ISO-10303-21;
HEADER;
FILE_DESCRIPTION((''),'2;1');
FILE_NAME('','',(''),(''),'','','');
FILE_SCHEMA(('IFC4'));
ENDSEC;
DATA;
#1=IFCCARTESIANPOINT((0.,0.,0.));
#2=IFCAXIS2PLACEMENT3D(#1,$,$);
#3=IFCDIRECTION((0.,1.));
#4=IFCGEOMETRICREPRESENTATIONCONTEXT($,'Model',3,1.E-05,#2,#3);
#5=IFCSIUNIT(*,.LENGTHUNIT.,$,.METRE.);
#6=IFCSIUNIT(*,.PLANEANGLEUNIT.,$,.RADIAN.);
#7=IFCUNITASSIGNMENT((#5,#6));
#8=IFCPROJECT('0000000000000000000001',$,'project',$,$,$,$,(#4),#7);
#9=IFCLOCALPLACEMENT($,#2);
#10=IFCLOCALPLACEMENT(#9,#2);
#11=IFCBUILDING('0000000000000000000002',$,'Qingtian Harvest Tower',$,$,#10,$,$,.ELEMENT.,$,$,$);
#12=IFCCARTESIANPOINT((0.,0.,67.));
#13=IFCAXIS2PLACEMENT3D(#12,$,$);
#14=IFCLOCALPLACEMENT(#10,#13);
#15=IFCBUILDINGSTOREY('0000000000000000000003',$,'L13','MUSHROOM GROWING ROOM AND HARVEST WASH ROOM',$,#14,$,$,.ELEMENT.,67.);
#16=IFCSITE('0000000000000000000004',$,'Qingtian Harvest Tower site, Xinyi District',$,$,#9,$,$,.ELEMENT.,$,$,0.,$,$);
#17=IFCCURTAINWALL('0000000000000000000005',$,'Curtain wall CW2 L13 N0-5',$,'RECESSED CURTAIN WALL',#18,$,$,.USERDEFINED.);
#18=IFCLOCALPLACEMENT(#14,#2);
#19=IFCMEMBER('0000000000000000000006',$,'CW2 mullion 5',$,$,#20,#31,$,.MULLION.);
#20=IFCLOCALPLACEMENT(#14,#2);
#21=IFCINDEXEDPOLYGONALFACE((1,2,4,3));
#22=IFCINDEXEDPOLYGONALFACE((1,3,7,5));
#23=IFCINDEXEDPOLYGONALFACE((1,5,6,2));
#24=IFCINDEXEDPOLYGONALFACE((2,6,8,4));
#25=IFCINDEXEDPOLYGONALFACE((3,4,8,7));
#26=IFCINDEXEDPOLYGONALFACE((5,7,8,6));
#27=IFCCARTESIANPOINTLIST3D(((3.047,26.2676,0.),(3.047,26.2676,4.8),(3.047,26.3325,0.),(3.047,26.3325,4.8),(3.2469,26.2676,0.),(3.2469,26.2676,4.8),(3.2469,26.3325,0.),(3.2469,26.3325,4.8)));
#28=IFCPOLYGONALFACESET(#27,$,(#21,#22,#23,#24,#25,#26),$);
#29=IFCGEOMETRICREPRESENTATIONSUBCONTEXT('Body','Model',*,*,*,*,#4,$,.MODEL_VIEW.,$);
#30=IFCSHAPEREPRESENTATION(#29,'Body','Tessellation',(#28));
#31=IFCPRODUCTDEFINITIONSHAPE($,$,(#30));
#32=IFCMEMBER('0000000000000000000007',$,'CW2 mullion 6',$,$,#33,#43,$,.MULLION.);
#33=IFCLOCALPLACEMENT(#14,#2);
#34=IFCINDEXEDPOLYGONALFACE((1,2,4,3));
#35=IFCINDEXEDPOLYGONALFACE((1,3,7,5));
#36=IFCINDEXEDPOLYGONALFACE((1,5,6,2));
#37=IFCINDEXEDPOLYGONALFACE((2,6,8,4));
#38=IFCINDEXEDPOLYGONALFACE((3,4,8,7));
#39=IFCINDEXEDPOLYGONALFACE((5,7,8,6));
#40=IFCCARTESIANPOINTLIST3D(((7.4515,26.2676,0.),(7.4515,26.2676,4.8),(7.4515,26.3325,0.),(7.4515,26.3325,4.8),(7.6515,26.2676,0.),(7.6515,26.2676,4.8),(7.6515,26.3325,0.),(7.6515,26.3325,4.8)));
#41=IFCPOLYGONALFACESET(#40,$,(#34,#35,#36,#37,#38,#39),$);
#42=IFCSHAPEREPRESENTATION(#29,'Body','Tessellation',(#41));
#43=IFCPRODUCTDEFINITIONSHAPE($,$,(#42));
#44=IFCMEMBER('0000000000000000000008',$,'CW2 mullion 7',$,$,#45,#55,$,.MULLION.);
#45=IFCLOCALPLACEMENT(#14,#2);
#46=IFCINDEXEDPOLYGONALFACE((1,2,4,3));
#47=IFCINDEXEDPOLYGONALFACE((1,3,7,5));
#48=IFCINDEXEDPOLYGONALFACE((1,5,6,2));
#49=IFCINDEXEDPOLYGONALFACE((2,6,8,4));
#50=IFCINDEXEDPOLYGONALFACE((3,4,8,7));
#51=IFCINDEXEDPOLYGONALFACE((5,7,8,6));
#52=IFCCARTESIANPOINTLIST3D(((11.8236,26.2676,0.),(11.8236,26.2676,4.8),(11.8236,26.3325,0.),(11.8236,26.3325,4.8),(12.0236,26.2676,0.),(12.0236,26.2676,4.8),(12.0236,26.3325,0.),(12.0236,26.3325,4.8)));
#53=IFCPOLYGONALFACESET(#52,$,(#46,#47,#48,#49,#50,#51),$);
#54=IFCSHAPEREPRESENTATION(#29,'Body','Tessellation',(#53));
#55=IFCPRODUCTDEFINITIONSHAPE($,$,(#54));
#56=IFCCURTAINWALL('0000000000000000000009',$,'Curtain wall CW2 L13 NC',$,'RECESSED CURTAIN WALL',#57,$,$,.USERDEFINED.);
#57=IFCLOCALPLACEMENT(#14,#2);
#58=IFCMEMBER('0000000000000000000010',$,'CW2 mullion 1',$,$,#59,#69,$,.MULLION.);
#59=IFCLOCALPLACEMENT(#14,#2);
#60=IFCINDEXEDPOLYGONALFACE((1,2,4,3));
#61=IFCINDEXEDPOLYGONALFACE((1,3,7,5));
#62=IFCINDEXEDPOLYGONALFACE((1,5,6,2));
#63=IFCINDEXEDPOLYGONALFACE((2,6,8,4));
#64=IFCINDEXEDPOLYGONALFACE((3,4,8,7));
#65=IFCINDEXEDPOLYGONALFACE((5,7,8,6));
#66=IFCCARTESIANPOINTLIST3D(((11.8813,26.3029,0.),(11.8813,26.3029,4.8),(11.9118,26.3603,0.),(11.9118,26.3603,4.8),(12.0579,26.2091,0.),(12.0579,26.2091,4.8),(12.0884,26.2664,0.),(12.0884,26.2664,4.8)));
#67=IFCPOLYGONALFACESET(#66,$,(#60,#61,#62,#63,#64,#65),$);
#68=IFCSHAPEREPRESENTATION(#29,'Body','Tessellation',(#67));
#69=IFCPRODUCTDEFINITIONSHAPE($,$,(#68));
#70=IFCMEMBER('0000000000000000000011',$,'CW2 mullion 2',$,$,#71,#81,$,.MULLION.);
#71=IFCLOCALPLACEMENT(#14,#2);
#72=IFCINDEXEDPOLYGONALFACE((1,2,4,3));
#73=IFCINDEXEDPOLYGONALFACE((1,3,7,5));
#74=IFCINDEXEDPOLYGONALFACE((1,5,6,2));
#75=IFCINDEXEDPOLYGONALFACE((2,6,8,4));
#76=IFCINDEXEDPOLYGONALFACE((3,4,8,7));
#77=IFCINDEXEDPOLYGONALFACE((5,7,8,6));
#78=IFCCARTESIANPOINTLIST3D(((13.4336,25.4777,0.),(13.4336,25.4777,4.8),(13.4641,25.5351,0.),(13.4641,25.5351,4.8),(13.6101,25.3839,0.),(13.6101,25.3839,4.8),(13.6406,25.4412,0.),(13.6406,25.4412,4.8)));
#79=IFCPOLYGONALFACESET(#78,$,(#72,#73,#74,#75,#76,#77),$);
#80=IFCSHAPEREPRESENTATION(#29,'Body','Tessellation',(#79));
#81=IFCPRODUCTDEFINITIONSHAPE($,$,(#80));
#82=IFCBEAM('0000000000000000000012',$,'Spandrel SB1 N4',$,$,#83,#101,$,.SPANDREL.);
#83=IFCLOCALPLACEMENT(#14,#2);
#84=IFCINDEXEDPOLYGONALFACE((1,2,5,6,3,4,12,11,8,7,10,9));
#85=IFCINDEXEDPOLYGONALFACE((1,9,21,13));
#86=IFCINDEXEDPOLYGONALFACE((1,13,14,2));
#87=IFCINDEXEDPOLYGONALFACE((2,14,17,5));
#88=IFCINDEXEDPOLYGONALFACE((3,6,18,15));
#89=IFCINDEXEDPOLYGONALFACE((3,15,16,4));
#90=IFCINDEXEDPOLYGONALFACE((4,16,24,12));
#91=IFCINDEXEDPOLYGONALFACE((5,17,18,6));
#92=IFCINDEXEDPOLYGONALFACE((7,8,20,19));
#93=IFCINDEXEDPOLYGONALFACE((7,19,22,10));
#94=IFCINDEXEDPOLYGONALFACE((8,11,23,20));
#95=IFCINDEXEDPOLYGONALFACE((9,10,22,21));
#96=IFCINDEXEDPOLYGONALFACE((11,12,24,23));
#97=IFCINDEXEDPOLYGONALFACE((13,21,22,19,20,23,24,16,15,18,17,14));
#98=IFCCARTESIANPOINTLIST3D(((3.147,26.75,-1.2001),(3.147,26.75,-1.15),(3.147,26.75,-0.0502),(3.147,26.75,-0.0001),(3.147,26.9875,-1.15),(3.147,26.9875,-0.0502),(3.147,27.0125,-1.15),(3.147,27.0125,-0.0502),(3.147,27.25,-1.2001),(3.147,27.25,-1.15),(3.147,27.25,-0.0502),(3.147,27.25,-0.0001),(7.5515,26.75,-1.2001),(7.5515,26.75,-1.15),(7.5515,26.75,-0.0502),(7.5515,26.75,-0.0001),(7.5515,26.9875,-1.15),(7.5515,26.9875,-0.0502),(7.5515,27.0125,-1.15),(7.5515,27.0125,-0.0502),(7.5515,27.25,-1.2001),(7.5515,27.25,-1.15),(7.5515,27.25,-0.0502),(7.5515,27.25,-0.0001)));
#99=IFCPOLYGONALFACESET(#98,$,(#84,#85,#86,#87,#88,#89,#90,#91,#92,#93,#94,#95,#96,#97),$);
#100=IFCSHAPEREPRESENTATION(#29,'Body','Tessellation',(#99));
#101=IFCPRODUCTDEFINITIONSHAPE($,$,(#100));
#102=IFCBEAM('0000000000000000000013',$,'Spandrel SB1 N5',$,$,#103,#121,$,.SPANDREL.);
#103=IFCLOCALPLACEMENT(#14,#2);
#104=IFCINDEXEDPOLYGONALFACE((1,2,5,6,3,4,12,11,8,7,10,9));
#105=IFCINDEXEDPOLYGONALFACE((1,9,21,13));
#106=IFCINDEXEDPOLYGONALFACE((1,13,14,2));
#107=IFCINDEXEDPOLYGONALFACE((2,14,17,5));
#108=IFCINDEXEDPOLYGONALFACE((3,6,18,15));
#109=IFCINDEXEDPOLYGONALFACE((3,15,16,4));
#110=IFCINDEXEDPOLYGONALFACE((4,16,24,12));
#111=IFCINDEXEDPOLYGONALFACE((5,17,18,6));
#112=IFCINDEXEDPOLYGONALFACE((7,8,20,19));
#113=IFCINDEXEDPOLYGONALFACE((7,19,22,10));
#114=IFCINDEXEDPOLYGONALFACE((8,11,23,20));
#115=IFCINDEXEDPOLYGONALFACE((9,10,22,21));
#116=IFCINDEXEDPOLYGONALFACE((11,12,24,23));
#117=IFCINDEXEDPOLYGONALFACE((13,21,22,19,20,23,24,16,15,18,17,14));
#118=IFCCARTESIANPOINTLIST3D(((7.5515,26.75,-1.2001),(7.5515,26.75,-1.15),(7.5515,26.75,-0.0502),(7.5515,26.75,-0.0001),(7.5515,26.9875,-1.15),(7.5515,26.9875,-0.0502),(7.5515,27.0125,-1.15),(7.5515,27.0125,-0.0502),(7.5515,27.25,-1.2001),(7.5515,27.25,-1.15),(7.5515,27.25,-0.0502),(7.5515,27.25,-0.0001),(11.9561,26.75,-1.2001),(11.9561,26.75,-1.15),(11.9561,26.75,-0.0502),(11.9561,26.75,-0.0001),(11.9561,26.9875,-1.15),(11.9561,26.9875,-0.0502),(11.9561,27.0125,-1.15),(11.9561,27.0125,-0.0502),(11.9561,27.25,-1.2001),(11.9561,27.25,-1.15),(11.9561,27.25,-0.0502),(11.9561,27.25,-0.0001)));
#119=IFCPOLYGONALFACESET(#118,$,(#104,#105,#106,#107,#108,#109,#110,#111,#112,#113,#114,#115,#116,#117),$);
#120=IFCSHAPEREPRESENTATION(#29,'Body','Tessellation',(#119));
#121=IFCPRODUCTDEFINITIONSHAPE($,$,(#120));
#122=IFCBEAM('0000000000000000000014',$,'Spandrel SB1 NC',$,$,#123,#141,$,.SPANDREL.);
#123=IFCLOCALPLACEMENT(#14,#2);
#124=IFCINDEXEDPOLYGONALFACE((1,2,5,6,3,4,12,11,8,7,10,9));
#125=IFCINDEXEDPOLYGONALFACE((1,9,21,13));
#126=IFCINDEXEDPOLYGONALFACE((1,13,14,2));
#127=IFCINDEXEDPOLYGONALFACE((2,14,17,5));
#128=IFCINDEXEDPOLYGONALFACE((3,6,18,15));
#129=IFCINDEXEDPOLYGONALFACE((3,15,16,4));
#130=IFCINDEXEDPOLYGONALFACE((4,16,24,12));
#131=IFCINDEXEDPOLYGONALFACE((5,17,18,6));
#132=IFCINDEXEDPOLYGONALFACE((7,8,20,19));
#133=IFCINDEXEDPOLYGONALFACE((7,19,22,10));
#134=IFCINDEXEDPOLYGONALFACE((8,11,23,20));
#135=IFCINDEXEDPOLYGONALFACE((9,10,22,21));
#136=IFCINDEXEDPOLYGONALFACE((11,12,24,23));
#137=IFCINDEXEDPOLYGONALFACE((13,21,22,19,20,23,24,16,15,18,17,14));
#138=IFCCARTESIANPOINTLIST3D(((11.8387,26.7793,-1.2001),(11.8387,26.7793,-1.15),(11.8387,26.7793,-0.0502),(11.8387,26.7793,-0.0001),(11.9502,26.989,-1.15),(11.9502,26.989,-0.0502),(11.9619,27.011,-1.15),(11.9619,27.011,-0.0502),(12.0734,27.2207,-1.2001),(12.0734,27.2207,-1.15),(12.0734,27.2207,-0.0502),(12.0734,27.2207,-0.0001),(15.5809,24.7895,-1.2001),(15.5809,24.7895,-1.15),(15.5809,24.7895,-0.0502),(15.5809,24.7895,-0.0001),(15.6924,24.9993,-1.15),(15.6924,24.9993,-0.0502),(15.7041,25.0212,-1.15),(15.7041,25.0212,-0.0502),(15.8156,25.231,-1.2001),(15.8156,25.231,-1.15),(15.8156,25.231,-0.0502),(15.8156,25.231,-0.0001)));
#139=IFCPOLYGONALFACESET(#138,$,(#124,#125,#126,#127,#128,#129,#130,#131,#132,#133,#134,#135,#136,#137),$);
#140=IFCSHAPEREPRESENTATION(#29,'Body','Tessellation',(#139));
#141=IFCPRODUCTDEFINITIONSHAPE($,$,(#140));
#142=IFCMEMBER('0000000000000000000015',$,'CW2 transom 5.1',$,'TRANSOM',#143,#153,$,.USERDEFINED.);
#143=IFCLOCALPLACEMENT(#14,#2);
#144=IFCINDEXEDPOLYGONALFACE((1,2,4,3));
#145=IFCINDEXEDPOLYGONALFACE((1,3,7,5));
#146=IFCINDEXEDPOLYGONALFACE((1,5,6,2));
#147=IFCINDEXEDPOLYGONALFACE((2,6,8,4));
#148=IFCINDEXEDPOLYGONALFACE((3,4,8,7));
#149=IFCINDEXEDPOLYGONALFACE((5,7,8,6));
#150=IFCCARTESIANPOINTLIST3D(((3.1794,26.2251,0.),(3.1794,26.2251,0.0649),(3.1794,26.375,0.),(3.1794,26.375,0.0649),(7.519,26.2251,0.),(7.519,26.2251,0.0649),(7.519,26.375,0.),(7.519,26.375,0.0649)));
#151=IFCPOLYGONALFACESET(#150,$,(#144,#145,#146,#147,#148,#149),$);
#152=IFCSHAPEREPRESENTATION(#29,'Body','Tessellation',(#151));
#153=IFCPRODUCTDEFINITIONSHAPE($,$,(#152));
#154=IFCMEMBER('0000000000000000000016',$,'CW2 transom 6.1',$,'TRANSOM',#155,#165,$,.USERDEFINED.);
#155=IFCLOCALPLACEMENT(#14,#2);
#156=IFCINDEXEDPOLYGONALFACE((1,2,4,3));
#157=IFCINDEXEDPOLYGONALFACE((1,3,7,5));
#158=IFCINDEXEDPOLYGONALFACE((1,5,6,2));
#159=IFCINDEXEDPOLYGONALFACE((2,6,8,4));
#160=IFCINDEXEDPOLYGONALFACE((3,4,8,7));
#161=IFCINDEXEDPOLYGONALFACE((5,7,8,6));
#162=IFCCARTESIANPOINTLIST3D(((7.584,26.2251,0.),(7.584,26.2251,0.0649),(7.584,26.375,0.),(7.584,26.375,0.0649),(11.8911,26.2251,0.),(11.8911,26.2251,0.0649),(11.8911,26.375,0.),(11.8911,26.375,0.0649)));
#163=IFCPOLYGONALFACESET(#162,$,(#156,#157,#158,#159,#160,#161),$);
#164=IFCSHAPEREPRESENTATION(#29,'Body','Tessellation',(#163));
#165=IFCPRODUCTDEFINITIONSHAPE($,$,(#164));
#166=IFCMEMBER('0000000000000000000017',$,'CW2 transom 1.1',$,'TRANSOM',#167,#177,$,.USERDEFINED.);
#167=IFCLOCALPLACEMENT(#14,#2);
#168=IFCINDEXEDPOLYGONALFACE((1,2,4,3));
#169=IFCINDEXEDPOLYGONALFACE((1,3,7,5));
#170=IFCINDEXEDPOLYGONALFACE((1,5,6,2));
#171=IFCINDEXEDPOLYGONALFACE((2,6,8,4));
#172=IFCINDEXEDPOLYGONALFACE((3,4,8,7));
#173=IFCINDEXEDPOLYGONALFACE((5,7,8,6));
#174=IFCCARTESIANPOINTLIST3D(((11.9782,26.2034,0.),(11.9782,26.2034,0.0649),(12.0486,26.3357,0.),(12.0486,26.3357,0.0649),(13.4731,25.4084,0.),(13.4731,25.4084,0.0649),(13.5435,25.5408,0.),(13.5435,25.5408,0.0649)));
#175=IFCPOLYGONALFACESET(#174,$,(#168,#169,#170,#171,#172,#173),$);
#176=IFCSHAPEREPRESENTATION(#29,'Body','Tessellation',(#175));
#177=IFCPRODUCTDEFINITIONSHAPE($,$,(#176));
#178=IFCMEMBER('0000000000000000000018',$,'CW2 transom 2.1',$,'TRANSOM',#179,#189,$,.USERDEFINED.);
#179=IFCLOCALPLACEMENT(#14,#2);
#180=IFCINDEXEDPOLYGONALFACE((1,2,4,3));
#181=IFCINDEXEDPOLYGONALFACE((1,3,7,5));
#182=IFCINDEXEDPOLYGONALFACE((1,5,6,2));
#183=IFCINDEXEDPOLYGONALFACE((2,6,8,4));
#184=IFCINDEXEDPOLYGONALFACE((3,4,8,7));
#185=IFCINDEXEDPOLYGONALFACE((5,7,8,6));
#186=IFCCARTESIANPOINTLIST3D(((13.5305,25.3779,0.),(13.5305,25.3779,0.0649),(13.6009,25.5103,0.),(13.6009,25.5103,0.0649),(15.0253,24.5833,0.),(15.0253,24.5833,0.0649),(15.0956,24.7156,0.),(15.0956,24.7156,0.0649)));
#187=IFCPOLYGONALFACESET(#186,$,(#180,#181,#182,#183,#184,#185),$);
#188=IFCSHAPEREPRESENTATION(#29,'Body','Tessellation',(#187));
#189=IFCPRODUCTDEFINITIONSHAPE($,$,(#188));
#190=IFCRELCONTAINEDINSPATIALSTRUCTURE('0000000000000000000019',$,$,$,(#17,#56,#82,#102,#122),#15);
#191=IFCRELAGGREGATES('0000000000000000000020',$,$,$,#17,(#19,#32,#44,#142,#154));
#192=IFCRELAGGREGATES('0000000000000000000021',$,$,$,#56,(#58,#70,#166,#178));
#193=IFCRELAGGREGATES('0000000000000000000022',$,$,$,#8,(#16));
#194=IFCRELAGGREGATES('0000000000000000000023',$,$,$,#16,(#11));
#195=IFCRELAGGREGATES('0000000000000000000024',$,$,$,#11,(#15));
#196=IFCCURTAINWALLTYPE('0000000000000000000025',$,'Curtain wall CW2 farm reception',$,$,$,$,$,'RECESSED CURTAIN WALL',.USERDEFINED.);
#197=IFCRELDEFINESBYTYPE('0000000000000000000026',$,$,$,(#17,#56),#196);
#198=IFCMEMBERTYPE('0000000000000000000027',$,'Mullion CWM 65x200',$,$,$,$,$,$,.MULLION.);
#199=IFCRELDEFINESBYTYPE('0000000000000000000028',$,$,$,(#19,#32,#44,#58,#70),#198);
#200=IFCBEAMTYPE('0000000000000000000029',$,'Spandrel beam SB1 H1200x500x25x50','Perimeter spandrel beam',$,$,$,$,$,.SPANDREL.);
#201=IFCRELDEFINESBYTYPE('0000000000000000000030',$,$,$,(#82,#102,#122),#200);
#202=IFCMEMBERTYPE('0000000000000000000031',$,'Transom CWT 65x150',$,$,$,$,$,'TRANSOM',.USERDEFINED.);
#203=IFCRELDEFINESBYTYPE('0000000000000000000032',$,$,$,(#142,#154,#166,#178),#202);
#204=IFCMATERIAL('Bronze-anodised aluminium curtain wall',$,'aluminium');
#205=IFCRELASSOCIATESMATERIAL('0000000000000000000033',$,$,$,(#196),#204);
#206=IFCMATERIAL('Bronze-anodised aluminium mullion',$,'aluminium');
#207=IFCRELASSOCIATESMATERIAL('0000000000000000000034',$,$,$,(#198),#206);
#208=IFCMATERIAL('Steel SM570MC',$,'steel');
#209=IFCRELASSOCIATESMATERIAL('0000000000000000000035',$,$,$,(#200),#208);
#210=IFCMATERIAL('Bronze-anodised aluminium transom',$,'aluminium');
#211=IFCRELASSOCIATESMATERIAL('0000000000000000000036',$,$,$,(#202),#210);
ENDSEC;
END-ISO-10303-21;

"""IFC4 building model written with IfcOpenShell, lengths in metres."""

from ifc_helpers import new_model, si_unit, direction, frame, origin, origin_2d, place, context, subcontext, project, spatial, rectangle, i_section, extrude, material, material_profile, profile_set, type_object, element, aggregate, save


model = new_model("IFC4")

# Units and contexts
model_context = context("Model", 3, precision=1e-05, world=origin(), true_north=direction((0.0, 1.0)))
body_context = subcontext(model_context, "Body", "Model", "MODEL_VIEW")
ifc_project = project(units=[si_unit("LENGTHUNIT", "METRE"), si_unit("PLANEANGLEUNIT", "RADIAN")], contexts=[model_context])

# Site, building, storey
site_placement = place(None, origin())
site = spatial("IfcSite", under=ifc_project, at=site_placement, Name="Qingtian Harvest Tower site, Xinyi District", CompositionType="ELEMENT", RefElevation=0.0)
building_placement = place(site_placement, origin())
building = spatial("IfcBuilding", under=site, at=building_placement, Name="Qingtian Harvest Tower", CompositionType="ELEMENT")
storey_placement = place(building_placement, frame((0.0, 0.0, 67.0)))
storey = spatial("IfcBuildingStorey", under=building, at=storey_placement, Name="L13", Description="MUSHROOM GROWING ROOM AND HARVEST WASH ROOM", CompositionType="ELEMENT", Elevation=67.0)

# Curtain walls, members
ifc_material_1 = material(Name="Bronze-anodised aluminium curtain wall", Category="aluminium")
curtain_wall_type = type_object("IfcCurtainWallType", Name="Curtain wall CW2 farm reception", ElementType="RECESSED CURTAIN WALL", PredefinedType="USERDEFINED", material=ifc_material_1)
curtain_wall_1_placement = place(storey_placement, origin())
curtain_wall_1 = element("IfcCurtainWall", 1, at=curtain_wall_1_placement, inside=storey, type_object=curtain_wall_type, Name="Curtain wall CW2 L13 N0-5", ObjectType="RECESSED CURTAIN WALL", PredefinedType="USERDEFINED")
ifc_material_2 = material(Name="Bronze-anodised aluminium mullion", Category="aluminium")
ifc_material_profile_1 = material_profile(ifc_material_2, rectangle(XDim=0.0649, YDim=0.2, at=origin_2d()), Name="AL 65x200")
ifc_profile_set_1 = profile_set([ifc_material_profile_1], Name="Bronze-anodised aluminium mullion")
member_type_1 = type_object("IfcMemberType", Name="Mullion CWM 65x200", PredefinedType="MULLION", material=ifc_profile_set_1)
member_1_placement = place(storey_placement, frame((3.147, 26.3, 0.0), z_axis=(0.0, 0.0, 1.0), x_axis=(0.0, 1.0, 0.0)))
member_1 = element("IfcMember", 2, at=member_1_placement, type_object=member_type_1, Name="CW2 mullion 5", PredefinedType="MULLION", context=body_context, shape_type="SweptSolid", body=[
    extrude(rectangle(XDim=0.0649, YDim=0.2, at=origin_2d()), origin(), (0.0, 0.0, 1.0), 4.8),
])
member_2_placement = place(storey_placement, frame((7.5515, 26.3, 0.0), z_axis=(0.0, 0.0, 1.0), x_axis=(0.0, 1.0, 0.0)))
member_2 = element("IfcMember", 3, at=member_2_placement, type_object=member_type_1, Name="CW2 mullion 6", PredefinedType="MULLION", context=body_context, shape_type="SweptSolid", body=[
    extrude(rectangle(XDim=0.0649, YDim=0.2, at=origin_2d()), origin(), (0.0, 0.0, 1.0), 4.8),
])
member_3_placement = place(storey_placement, frame((11.9236, 26.3, 0.0), z_axis=(0.0, 0.0, 1.0), x_axis=(0.0, 1.0, 0.0)))
member_3 = element("IfcMember", 4, at=member_3_placement, type_object=member_type_1, Name="CW2 mullion 7", PredefinedType="MULLION", context=body_context, shape_type="SweptSolid", body=[
    extrude(rectangle(XDim=0.0649, YDim=0.2, at=origin_2d()), origin(), (0.0, 0.0, 1.0), 4.8),
])
curtain_wall_2_placement = place(storey_placement, origin())
curtain_wall_2 = element("IfcCurtainWall", 5, at=curtain_wall_2_placement, inside=storey, type_object=curtain_wall_type, Name="Curtain wall CW2 L13 NC", ObjectType="RECESSED CURTAIN WALL", PredefinedType="USERDEFINED")
member_4_placement = place(storey_placement, frame((11.9849, 26.2847, 0.0), z_axis=(0.0, 0.0, 1.0), x_axis=(0.469472, 0.882948, 0.0)))
member_4 = element("IfcMember", 6, at=member_4_placement, type_object=member_type_1, Name="CW2 mullion 1", PredefinedType="MULLION", context=body_context, shape_type="SweptSolid", body=[
    extrude(rectangle(XDim=0.0649, YDim=0.2, at=origin_2d()), origin(), (0.0, 0.0, 1.0), 4.8),
])
member_5_placement = place(storey_placement, frame((13.5371, 25.4595, 0.0), z_axis=(0.0, 0.0, 1.0), x_axis=(0.469472, 0.882948, 0.0)))
member_5 = element("IfcMember", 7, at=member_5_placement, type_object=member_type_1, Name="CW2 mullion 2", PredefinedType="MULLION", context=body_context, shape_type="SweptSolid", body=[
    extrude(rectangle(XDim=0.0649, YDim=0.2, at=origin_2d()), origin(), (0.0, 0.0, 1.0), 4.8),
])

# Beams
ifc_material_3 = material(Name="Steel SM570MC", Category="steel")
ifc_material_profile_2 = material_profile(ifc_material_3, i_section(OverallWidth=0.5, OverallDepth=1.2, WebThickness=0.0249, FlangeThickness=0.05, at=origin_2d()), Name="H1200x500x25x50")
ifc_profile_set_2 = profile_set([ifc_material_profile_2], Name="Steel SM570MC")
beam_type_1 = type_object("IfcBeamType", Name="Spandrel beam SB1 H1200x500x25x50", Description="Perimeter spandrel beam", PredefinedType="SPANDREL", material=ifc_profile_set_2)
for number, where, z_axis, x_axis, name in (
    (8, (3.147, 27.0, -0.6001), (1.0, 0.0, 0.0), (0.0, 1.0, 0.0), "Spandrel SB1 N4"),
    (9, (7.5515, 27.0, -0.6001), (1.0, 0.0, 0.0), (0.0, 1.0, 0.0), "Spandrel SB1 N5"),
):
    element("IfcBeam", number, at=place(storey_placement, frame(where, z_axis=z_axis, x_axis=x_axis)), inside=storey, type_object=beam_type_1, Name=name, PredefinedType="SPANDREL", context=body_context, shape_type="SweptSolid", body=[
        extrude(i_section(OverallWidth=0.5, OverallDepth=1.2, WebThickness=0.0249, FlangeThickness=0.05, at=origin_2d()), origin(), (0.0, 0.0, 1.0), 4.4045),
    ])
beam_1_placement = place(storey_placement, frame((11.9561, 27.0, -0.6001), z_axis=(0.882949, -0.46947, 0.0), x_axis=(0.46947, 0.882949, 0.0)))
element("IfcBeam", 10, at=beam_1_placement, inside=storey, type_object=beam_type_1, Name="Spandrel SB1 NC", PredefinedType="SPANDREL", context=body_context, shape_type="SweptSolid", body=[
    extrude(i_section(OverallWidth=0.5, OverallDepth=1.2, WebThickness=0.0249, FlangeThickness=0.05, at=origin_2d()), origin(), (0.0, 0.0, 1.0), 4.2383),
])

# Members
ifc_material_4 = material(Name="Bronze-anodised aluminium transom", Category="aluminium")
ifc_material_profile_3 = material_profile(ifc_material_4, rectangle(XDim=0.1499, YDim=0.0649, at=origin_2d()), Name="AL 65x150")
ifc_profile_set_3 = profile_set([ifc_material_profile_3], Name="Bronze-anodised aluminium transom")
member_type_2 = type_object("IfcMemberType", Name="Transom CWT 65x150", ElementType="TRANSOM", PredefinedType="USERDEFINED", material=ifc_profile_set_3)
member_6_placement = place(storey_placement, frame((3.1794, 26.3, 0.0325), z_axis=(1.0, 0.0, 0.0), x_axis=(0.0, 1.0, 0.0)))
member_6 = element("IfcMember", 11, at=member_6_placement, type_object=member_type_2, Name="CW2 transom 5.1", ObjectType="TRANSOM", PredefinedType="USERDEFINED", context=body_context, shape_type="SweptSolid", body=[
    extrude(rectangle(XDim=0.1499, YDim=0.0649, at=origin_2d()), origin(), (0.0, 0.0, 1.0), 4.3396),
])
member_7_placement = place(storey_placement, frame((7.584, 26.3, 0.0325), z_axis=(1.0, 0.0, 0.0), x_axis=(0.0, 1.0, 0.0)))
member_7 = element("IfcMember", 12, at=member_7_placement, type_object=member_type_2, Name="CW2 transom 6.1", ObjectType="TRANSOM", PredefinedType="USERDEFINED", context=body_context, shape_type="SweptSolid", body=[
    extrude(rectangle(XDim=0.1499, YDim=0.0649, at=origin_2d()), origin(), (0.0, 0.0, 1.0), 4.3071),
])
member_8_placement = place(storey_placement, frame((12.0134, 26.2695, 0.0325), z_axis=(0.882927, -0.46951, 0.0), x_axis=(0.46951, 0.882927, 0.0)))
member_8 = element("IfcMember", 13, at=member_8_placement, type_object=member_type_2, Name="CW2 transom 1.1", ObjectType="TRANSOM", PredefinedType="USERDEFINED", context=body_context, shape_type="SweptSolid", body=[
    extrude(rectangle(XDim=0.1499, YDim=0.0649, at=origin_2d()), origin(), (0.0, 0.0, 1.0), 1.6931),
])
member_9_placement = place(storey_placement, frame((13.5657, 25.4441, 0.0325), z_axis=(0.882987, -0.469398, 0.0), x_axis=(0.469398, 0.882987, 0.0)))
member_9 = element("IfcMember", 14, at=member_9_placement, type_object=member_type_2, Name="CW2 transom 2.1", ObjectType="TRANSOM", PredefinedType="USERDEFINED", context=body_context, shape_type="SweptSolid", body=[
    extrude(rectangle(XDim=0.1499, YDim=0.0649, at=origin_2d()), origin(), (0.0, 0.0, 1.0), 1.6929),
])

aggregate(curtain_wall_1, [member_1, member_2, member_3, member_6, member_7])
aggregate(curtain_wall_2, [member_4, member_5, member_8, member_9])

save(model, "model.ifc")
